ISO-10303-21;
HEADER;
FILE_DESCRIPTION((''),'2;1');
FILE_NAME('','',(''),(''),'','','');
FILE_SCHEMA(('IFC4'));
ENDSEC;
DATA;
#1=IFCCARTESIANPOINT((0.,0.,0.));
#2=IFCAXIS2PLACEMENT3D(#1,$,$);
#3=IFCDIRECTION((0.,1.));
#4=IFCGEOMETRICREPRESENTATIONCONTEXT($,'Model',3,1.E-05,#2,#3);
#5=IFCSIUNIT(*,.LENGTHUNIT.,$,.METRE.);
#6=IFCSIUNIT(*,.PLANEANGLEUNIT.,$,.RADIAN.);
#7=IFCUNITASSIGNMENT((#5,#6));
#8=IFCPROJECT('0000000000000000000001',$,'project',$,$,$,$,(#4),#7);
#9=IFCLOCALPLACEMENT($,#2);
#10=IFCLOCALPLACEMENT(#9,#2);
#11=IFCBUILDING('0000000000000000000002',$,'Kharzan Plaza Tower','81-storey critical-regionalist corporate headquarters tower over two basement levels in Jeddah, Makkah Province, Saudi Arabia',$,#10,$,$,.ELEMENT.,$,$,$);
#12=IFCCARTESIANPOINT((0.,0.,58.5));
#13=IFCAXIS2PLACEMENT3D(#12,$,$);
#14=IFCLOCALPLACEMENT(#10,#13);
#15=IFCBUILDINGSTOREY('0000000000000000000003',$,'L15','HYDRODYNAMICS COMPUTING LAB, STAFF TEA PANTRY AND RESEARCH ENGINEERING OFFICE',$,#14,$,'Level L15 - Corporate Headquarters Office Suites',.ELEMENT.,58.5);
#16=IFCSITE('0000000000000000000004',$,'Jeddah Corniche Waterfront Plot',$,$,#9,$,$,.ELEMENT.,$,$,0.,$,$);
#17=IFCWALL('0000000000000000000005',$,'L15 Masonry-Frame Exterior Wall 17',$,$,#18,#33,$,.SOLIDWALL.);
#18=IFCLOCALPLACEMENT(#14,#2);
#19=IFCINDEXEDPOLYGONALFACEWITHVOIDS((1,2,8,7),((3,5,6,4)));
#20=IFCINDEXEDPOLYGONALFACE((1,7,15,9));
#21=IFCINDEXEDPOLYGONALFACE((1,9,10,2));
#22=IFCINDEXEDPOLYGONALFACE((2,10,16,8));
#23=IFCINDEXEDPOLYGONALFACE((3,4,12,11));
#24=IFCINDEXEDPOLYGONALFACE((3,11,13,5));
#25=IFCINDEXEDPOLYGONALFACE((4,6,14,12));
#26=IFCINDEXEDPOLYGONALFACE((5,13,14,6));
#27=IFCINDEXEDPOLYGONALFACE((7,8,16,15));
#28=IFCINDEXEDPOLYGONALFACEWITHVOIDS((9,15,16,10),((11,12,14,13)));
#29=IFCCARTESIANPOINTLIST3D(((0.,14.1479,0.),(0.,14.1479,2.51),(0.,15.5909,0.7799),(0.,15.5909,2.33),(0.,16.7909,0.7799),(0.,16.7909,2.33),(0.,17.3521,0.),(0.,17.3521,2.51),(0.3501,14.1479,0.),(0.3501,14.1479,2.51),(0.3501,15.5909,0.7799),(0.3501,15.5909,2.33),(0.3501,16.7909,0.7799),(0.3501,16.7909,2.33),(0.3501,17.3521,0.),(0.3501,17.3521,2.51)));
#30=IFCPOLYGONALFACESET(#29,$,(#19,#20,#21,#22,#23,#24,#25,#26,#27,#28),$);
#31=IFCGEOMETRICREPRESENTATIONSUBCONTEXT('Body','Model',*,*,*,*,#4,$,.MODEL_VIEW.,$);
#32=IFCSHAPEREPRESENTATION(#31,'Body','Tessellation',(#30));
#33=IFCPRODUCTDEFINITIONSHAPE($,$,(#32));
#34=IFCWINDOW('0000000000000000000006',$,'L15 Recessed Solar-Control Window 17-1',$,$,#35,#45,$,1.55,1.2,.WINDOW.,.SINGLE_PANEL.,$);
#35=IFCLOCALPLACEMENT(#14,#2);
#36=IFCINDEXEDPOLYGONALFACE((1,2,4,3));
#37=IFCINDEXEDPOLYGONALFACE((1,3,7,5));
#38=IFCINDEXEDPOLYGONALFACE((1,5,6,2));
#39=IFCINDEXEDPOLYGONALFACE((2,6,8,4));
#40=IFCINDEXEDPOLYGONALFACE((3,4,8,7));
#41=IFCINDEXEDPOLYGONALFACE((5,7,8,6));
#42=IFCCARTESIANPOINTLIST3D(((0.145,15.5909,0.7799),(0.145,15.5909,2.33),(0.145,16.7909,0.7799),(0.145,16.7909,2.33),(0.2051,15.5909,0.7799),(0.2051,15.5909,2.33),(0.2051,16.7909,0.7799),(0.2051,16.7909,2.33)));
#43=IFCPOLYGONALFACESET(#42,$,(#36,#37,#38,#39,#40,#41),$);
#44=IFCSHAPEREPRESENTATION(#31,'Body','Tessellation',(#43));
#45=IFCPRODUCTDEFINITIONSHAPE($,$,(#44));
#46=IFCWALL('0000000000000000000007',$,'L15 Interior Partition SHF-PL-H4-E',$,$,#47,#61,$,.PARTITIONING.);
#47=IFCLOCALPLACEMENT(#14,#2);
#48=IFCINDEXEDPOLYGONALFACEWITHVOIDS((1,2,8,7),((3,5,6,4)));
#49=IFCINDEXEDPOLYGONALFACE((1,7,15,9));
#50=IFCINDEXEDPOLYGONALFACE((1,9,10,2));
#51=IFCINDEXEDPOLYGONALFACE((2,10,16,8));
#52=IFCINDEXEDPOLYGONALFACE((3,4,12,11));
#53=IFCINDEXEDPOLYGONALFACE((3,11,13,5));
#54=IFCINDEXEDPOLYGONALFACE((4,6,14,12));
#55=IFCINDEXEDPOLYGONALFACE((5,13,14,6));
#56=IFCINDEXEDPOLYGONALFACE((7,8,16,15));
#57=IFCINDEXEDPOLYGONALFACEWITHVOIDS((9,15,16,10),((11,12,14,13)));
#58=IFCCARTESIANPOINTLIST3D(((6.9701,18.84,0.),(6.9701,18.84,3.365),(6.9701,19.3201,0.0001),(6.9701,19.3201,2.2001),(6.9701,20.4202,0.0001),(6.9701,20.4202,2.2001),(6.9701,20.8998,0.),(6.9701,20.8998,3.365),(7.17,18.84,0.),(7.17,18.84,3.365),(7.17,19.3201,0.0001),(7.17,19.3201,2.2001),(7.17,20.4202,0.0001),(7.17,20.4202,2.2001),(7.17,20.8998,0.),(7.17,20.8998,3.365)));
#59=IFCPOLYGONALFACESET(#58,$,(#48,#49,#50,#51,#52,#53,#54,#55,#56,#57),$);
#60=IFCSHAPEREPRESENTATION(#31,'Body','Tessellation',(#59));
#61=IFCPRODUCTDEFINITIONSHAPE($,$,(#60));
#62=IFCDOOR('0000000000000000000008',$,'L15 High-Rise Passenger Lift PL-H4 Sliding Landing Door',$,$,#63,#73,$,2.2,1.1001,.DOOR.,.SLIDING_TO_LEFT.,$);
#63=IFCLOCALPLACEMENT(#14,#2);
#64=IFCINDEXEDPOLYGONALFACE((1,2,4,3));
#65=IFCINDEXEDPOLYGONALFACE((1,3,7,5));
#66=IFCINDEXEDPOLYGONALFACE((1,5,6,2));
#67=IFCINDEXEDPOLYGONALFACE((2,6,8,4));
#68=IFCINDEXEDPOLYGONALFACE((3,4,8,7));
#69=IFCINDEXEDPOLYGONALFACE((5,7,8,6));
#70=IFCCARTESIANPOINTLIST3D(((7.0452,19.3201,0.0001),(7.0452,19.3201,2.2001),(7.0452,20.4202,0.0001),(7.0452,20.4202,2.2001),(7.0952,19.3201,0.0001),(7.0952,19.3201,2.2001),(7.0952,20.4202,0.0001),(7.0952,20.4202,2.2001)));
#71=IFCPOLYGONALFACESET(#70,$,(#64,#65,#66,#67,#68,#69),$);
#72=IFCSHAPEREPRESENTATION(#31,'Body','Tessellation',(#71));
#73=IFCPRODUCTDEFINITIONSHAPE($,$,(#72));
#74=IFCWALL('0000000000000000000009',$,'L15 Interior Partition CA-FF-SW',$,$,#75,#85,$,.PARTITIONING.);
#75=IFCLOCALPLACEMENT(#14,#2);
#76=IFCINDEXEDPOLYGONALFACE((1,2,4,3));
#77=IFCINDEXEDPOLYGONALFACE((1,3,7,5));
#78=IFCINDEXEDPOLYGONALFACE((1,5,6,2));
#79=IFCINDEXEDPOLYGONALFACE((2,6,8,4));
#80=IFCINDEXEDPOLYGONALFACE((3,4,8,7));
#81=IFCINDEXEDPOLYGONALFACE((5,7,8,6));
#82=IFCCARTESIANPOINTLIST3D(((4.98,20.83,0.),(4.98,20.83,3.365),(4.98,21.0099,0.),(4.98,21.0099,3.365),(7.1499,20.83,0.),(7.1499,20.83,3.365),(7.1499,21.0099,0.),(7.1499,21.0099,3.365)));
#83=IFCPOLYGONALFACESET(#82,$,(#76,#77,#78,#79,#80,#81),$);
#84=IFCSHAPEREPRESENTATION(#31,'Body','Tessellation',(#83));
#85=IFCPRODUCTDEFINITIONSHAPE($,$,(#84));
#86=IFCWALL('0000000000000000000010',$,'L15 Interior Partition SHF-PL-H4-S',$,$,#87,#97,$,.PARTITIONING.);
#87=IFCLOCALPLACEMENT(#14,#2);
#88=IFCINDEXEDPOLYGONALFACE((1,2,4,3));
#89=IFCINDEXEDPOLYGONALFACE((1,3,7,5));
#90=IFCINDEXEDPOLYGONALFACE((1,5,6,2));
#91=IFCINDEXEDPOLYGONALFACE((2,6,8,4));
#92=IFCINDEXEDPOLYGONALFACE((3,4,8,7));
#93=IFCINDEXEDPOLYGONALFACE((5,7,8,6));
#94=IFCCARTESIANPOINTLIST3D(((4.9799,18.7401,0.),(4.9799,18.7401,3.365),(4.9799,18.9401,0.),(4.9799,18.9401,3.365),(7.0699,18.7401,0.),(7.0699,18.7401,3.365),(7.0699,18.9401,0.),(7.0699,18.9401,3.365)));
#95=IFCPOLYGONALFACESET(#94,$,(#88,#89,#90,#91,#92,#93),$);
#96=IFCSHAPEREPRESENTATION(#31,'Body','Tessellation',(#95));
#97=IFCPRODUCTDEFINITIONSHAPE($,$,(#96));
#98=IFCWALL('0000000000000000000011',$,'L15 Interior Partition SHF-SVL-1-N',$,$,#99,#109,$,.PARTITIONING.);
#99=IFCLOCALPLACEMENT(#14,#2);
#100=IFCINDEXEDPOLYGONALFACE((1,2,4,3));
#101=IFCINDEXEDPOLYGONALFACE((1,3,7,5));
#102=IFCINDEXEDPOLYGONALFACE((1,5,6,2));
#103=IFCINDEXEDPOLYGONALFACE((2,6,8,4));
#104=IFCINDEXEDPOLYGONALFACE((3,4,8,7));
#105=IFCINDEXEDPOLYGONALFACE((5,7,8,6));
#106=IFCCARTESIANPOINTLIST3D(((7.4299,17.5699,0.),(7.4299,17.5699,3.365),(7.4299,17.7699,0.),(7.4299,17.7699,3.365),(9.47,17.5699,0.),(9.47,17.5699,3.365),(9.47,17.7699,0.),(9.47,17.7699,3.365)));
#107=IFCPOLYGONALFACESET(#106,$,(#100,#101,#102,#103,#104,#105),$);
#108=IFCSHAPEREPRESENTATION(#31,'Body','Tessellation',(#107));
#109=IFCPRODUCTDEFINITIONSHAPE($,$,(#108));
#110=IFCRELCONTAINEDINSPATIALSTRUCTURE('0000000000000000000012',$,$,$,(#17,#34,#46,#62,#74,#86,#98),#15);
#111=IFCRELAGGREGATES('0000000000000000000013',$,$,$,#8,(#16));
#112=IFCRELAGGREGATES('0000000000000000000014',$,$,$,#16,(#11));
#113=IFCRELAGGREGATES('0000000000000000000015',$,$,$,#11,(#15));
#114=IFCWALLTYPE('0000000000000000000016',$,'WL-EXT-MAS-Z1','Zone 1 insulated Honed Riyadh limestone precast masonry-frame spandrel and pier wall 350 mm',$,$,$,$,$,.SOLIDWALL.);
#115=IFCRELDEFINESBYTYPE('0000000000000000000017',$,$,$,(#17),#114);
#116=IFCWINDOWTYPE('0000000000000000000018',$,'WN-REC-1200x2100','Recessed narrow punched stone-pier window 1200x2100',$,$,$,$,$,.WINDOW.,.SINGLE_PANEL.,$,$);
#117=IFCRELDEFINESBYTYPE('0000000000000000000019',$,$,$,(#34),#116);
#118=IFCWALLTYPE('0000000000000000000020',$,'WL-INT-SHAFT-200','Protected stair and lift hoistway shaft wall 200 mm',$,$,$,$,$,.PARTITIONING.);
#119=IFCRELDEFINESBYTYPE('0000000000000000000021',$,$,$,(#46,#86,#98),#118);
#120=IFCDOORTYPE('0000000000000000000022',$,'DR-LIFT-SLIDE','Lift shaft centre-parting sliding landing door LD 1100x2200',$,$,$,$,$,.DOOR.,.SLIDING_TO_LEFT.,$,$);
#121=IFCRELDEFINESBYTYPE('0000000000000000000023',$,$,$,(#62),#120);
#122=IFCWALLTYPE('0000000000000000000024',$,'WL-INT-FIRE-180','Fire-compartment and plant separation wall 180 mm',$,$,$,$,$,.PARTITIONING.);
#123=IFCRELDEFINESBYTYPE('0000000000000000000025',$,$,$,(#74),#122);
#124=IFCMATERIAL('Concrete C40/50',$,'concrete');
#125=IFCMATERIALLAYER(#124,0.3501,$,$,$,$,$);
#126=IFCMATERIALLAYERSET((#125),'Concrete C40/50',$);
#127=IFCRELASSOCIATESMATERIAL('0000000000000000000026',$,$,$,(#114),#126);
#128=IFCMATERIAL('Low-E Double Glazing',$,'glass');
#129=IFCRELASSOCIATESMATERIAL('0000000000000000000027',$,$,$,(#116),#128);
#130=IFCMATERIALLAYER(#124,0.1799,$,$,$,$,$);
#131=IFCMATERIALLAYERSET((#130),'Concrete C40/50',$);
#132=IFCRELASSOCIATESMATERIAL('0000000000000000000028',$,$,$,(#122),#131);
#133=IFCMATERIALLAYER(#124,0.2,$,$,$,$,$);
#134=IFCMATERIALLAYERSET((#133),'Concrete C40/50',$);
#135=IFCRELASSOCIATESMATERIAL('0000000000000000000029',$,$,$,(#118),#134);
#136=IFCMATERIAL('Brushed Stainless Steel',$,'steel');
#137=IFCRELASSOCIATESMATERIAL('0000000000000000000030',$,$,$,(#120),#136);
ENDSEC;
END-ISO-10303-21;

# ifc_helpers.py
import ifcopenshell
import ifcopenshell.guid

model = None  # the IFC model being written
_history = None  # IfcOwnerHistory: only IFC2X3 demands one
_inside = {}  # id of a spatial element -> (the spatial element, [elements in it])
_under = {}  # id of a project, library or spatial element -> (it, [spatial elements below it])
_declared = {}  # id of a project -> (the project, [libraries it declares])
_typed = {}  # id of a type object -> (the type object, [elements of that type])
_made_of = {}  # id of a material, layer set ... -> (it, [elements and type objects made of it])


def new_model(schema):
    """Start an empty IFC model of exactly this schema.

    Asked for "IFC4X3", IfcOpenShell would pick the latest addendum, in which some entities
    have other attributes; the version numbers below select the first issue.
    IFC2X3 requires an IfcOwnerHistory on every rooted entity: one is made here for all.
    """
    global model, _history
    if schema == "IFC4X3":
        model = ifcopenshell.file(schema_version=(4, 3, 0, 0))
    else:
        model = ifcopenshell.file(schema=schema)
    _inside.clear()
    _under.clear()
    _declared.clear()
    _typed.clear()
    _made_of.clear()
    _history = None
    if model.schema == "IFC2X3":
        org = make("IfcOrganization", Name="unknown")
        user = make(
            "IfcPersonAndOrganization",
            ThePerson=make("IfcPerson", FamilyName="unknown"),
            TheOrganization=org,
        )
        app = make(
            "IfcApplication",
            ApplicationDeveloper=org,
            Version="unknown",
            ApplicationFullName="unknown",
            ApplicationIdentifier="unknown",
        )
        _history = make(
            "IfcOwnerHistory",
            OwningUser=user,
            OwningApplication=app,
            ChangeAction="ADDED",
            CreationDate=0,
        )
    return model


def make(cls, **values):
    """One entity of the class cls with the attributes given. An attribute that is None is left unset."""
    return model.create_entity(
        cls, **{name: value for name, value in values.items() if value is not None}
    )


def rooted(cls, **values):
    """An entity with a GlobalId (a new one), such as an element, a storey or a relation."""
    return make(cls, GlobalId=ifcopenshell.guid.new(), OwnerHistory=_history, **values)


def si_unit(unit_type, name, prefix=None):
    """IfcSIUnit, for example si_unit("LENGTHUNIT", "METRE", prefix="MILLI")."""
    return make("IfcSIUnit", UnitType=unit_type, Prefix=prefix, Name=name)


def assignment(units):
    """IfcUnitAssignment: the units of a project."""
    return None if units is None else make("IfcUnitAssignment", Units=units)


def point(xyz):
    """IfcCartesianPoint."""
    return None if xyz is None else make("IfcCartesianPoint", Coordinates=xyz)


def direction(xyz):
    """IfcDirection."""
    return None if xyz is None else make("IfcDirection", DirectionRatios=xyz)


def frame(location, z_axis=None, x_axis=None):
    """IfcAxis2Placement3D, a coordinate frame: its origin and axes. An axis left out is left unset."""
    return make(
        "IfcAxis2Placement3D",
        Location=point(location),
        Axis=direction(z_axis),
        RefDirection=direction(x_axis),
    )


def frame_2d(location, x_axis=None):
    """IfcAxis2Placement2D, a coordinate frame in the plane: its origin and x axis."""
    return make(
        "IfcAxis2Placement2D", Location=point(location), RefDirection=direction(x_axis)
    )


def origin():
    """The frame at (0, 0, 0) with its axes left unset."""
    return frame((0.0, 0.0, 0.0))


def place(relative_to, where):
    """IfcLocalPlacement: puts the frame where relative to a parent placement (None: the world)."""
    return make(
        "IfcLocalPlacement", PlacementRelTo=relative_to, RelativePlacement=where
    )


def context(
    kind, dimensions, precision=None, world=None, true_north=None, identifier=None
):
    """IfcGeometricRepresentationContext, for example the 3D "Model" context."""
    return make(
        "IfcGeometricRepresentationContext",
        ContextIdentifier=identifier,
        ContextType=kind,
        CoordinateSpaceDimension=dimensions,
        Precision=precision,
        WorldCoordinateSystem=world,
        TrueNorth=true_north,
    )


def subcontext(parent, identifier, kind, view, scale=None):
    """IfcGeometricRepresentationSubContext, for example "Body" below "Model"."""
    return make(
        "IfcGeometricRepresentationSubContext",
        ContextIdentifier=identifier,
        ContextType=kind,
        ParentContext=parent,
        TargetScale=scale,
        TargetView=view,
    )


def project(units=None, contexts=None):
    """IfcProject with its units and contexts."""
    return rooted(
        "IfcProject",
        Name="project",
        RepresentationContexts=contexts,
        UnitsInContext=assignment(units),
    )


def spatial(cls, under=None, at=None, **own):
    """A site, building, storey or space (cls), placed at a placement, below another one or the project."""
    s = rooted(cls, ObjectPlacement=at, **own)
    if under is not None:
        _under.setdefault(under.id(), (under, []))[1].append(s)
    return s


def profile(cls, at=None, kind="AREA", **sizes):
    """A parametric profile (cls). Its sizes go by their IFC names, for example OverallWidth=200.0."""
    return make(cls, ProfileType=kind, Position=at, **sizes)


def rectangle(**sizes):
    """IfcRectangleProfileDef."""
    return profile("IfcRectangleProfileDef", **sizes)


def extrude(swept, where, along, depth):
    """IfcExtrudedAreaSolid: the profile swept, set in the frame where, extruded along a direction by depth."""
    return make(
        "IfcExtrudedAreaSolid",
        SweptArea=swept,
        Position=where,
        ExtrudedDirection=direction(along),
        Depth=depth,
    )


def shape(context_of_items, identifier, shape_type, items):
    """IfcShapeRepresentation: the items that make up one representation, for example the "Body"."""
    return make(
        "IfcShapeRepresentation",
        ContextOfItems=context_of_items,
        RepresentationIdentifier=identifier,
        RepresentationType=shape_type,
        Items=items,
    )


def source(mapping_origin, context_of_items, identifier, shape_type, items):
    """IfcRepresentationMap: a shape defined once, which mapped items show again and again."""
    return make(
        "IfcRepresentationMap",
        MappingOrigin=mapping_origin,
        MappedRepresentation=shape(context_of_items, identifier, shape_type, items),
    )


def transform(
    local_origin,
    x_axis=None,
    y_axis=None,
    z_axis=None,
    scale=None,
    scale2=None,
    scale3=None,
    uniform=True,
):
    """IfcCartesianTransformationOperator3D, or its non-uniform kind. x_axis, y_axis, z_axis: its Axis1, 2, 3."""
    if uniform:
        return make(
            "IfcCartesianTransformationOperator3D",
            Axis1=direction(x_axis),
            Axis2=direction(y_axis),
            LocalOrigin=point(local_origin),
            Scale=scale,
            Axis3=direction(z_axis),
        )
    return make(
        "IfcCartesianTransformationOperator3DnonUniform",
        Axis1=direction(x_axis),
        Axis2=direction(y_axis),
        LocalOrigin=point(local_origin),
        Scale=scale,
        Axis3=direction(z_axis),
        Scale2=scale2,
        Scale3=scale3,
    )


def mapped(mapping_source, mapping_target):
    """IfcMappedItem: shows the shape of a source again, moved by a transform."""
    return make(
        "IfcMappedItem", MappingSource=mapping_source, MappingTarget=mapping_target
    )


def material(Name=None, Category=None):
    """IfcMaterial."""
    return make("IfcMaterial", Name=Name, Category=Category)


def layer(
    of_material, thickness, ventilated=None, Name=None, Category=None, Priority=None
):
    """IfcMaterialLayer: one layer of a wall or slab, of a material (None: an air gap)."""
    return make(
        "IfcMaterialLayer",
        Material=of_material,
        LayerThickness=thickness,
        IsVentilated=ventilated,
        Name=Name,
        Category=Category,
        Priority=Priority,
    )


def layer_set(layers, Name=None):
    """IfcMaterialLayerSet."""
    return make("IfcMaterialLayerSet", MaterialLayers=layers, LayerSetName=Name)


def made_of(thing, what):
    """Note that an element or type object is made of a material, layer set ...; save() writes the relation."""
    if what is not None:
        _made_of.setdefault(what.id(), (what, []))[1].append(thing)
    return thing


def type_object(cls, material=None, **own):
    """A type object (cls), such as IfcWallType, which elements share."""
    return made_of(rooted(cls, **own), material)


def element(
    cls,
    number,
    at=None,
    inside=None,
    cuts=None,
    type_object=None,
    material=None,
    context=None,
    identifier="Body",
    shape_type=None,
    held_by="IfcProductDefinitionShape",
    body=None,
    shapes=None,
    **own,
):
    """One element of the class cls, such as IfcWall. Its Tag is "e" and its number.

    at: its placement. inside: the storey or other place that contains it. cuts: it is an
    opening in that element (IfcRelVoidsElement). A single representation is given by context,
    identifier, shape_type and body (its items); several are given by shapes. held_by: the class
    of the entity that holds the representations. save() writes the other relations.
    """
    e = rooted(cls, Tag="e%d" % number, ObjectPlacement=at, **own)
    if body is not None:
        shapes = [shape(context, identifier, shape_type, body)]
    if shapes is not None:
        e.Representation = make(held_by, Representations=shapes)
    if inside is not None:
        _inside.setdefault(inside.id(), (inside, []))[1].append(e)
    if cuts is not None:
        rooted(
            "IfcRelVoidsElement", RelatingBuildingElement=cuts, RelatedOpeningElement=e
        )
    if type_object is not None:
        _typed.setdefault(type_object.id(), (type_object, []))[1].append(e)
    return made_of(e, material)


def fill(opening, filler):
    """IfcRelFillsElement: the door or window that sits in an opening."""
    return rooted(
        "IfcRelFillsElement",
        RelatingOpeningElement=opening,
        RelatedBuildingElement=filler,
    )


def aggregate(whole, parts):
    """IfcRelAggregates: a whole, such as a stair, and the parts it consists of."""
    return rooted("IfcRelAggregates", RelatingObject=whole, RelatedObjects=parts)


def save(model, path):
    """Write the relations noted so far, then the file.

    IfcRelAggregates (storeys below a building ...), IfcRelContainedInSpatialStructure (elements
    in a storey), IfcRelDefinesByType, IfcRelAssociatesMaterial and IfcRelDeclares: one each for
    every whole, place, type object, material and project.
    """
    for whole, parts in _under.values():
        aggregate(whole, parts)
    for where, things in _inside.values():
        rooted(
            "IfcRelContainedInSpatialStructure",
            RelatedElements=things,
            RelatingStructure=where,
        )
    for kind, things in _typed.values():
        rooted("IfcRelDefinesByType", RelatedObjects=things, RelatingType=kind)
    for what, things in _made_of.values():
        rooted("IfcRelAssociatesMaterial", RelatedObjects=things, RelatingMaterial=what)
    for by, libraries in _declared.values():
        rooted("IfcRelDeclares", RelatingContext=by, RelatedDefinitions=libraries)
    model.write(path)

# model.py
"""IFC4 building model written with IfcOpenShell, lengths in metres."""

from ifc_helpers import new_model, si_unit, direction, frame, frame_2d, origin, place, context, subcontext, project, spatial, rectangle, extrude, source, transform, mapped, material, layer, layer_set, type_object, element, fill, save


model = new_model("IFC4")

# Units and contexts
model_context = context("Model", 3, precision=1e-05, world=origin(), true_north=direction((0.0, 1.0)))
body_context = subcontext(model_context, "Body", "Model", "MODEL_VIEW")
ifc_project = project(units=[si_unit("LENGTHUNIT", "METRE"), si_unit("PLANEANGLEUNIT", "RADIAN")], contexts=[model_context])

# Site, building, storey
site_placement = place(None, origin())
site = spatial("IfcSite", under=ifc_project, at=site_placement, Name="Jeddah Corniche Waterfront Plot", CompositionType="ELEMENT", RefElevation=0.0)
building_placement = place(site_placement, origin())
building = spatial("IfcBuilding", under=site, at=building_placement, Name="Kharzan Plaza Tower", Description="81-storey critical-regionalist corporate headquarters tower over two basement levels in Jeddah, Makkah Province, Saudi Arabia", CompositionType="ELEMENT")
storey_placement = place(building_placement, frame((0.0, 0.0, 58.5)))
storey = spatial("IfcBuildingStorey", under=building, at=storey_placement, Name="L15", Description="HYDRODYNAMICS COMPUTING LAB, STAFF TEA PANTRY AND RESEARCH ENGINEERING OFFICE", LongName="Level L15 - Corporate Headquarters Office Suites", CompositionType="ELEMENT", Elevation=58.5)

# Wall, opening, window
ifc_material_1 = material(Name="Concrete C40/50", Category="concrete")
ifc_layer_1 = layer(ifc_material_1, 0.3501)
ifc_layer_set_1 = layer_set([ifc_layer_1], Name="Concrete C40/50")
wall_type_1 = type_object("IfcWallType", Name="WL-EXT-MAS-Z1", Description="Zone 1 insulated Honed Riyadh limestone precast masonry-frame spandrel and pier wall 350 mm", PredefinedType="SOLIDWALL", material=ifc_layer_set_1)
ifc_material_2 = material(Name="Low-E Double Glazing", Category="glass")
wall_1_placement = place(storey_placement, frame((0.175, 17.3521, 0.0), z_axis=(0.0, 0.0, 1.0), x_axis=(0.0, -1.0, 0.0)))
wall_1 = element("IfcWall", 1, at=wall_1_placement, inside=storey, type_object=wall_type_1, Name="L15 Masonry-Frame Exterior Wall 17", PredefinedType="SOLIDWALL", context=body_context, shape_type="SweptSolid", body=[
    extrude(rectangle(XDim=3.2041, YDim=0.3501, at=frame_2d((1.6021, 0.0))), origin(), (0.0, 0.0, 1.0), 2.51),
])
opening_1_placement = place(wall_1_placement, frame((0.561, 0.0, 0.78)))
opening_1 = element("IfcOpeningElement", 2, at=opening_1_placement, cuts=wall_1, PredefinedType="OPENING", context=body_context, shape_type="SweptSolid", body=[
    extrude(rectangle(XDim=1.2, YDim=1.55, at=frame_2d((0.6001, 0.7749))), frame((0.0, 0.1851, 0.0), z_axis=(0.0, -1.0, 0.0), x_axis=(1.0, 0.0, 0.0)), (0.0, 0.0, 1.0), 0.3701),
])
window_type_1 = type_object("IfcWindowType", Name="WN-REC-1200x2100", Description="Recessed narrow punched stone-pier window 1200x2100", PartitioningType="SINGLE_PANEL", PredefinedType="WINDOW", material=ifc_material_2)
shared_shape_1 = source(origin(), body_context, "Body", "SweptSolid", [
    extrude(rectangle(XDim=1.2, YDim=1.55, at=frame_2d((0.6001, 0.7749))), frame((0.0, 0.03, 0.0), z_axis=(0.0, -1.0, 0.0), x_axis=(1.0, 0.0, 0.0)), (0.0, 0.0, 1.0), 0.0601),
])
window_1_placement = place(opening_1_placement, origin())
window_1 = element("IfcWindow", 3, at=window_1_placement, inside=storey, type_object=window_type_1, Name="L15 Recessed Solar-Control Window 17-1", OverallHeight=1.55, OverallWidth=1.2, PartitioningType="SINGLE_PANEL", PredefinedType="WINDOW", context=body_context, shape_type="MappedRepresentation", body=[
    mapped(shared_shape_1, transform((0.0, 0.0, 0.0), x_axis=(1.0, 0.0, 0.0), y_axis=(0.0, 1.0, 0.0), z_axis=(0.0, 0.0, 1.0))),
])
fill(opening_1, window_1)

# Wall, opening, door
ifc_layer_2 = layer(ifc_material_1, 0.1799)
ifc_layer_set_2 = layer_set([ifc_layer_2], Name="Concrete C40/50")
wall_type_2 = type_object("IfcWallType", Name="WL-INT-FIRE-180", Description="Fire-compartment and plant separation wall 180 mm", PredefinedType="PARTITIONING", material=ifc_layer_set_2)
ifc_layer_3 = layer(ifc_material_1, 0.2)
ifc_layer_set_3 = layer_set([ifc_layer_3], Name="Concrete C40/50")
wall_type_3 = type_object("IfcWallType", Name="WL-INT-SHAFT-200", Description="Protected stair and lift hoistway shaft wall 200 mm", PredefinedType="PARTITIONING", material=ifc_layer_set_3)
wall_2_placement = place(storey_placement, frame((7.0701, 18.8401, 0.0), z_axis=(0.0, 0.0, 1.0), x_axis=(0.0, 1.0, 0.0)))
wall_2 = element("IfcWall", 4, at=wall_2_placement, inside=storey, type_object=wall_type_3, Name="L15 Interior Partition SHF-PL-H4-E", PredefinedType="PARTITIONING", context=body_context, shape_type="SweptSolid", body=[
    extrude(rectangle(XDim=2.0598, YDim=0.2, at=frame_2d((1.0298, 0.0))), origin(), (0.0, 0.0, 1.0), 3.365),
])
opening_2_placement = place(wall_2_placement, frame((0.48, 0.0, 0.0)))
opening_2 = element("IfcOpeningElement", 5, at=opening_2_placement, cuts=wall_2, PredefinedType="OPENING", context=body_context, shape_type="SweptSolid", body=[
    extrude(rectangle(XDim=1.1001, YDim=2.2, at=frame_2d((0.55, 1.1001))), frame((0.0, 0.1099, 0.0), z_axis=(0.0, -1.0, 0.0), x_axis=(1.0, 0.0, 0.0)), (0.0, 0.0, 1.0), 0.22),
])
ifc_material_3 = material(Name="Brushed Stainless Steel", Category="steel")
door_type_1 = type_object("IfcDoorType", Name="DR-LIFT-SLIDE", Description="Lift shaft centre-parting sliding landing door LD 1100x2200", OperationType="SLIDING_TO_LEFT", PredefinedType="DOOR", material=ifc_material_3)
shared_shape_2 = source(origin(), body_context, "Body", "SweptSolid", [
    extrude(rectangle(XDim=1.1001, YDim=2.2, at=frame_2d((0.55, 1.1001))), frame((0.0, 0.0249, 0.0), z_axis=(0.0, -1.0, 0.0), x_axis=(1.0, 0.0, 0.0)), (0.0, 0.0, 1.0), 0.05),
])
door_1_placement = place(opening_2_placement, origin())
door_1 = element("IfcDoor", 6, at=door_1_placement, inside=storey, type_object=door_type_1, Name="L15 High-Rise Passenger Lift PL-H4 Sliding Landing Door", OperationType="SLIDING_TO_LEFT", OverallHeight=2.2, OverallWidth=1.1001, PredefinedType="DOOR", context=body_context, shape_type="MappedRepresentation", body=[
    mapped(shared_shape_2, transform((0.0, 0.0, 0.0), x_axis=(1.0, 0.0, 0.0), y_axis=(0.0, 1.0, 0.0), z_axis=(0.0, 0.0, 1.0))),
])
fill(opening_2, door_1)

# Walls
shared_shape_3 = source(origin(), body_context, "Body", "SweptSolid", [
    extrude(rectangle(XDim=2.1699, YDim=0.1799, at=frame_2d((1.085, 0.0))), origin(), (0.0, 0.0, 1.0), 3.365),
])
wall_3_placement = place(storey_placement, frame((4.98, 20.9199, 0.0), z_axis=(0.0, 0.0, 1.0), x_axis=(1.0, 0.0, 0.0)))
element("IfcWall", 7, at=wall_3_placement, inside=storey, type_object=wall_type_2, Name="L15 Interior Partition CA-FF-SW", PredefinedType="PARTITIONING", context=body_context, shape_type="MappedRepresentation", body=[
    mapped(shared_shape_3, transform((0.0, 0.0, 0.0), x_axis=(1.0, 0.0, 0.0), y_axis=(0.0, 1.0, 0.0), z_axis=(0.0, 0.0, 1.0))),
])
shared_shape_4 = source(origin(), body_context, "Body", "SweptSolid", [
    extrude(rectangle(XDim=2.0901, YDim=0.2, at=frame_2d((1.0449, 0.0))), origin(), (0.0, 0.0, 1.0), 3.365),
])
wall_4_placement = place(storey_placement, frame((4.98, 18.8401, 0.0), z_axis=(0.0, 0.0, 1.0), x_axis=(1.0, 0.0, 0.0)))
element("IfcWall", 8, at=wall_4_placement, inside=storey, type_object=wall_type_3, Name="L15 Interior Partition SHF-PL-H4-S", PredefinedType="PARTITIONING", context=body_context, shape_type="MappedRepresentation", body=[
    mapped(shared_shape_4, transform((0.0, 0.0, 0.0), x_axis=(1.0, 0.0, 0.0), y_axis=(0.0, 1.0, 0.0), z_axis=(0.0, 0.0, 1.0))),
])
shared_shape_5 = source(origin(), body_context, "Body", "SweptSolid", [
    extrude(rectangle(XDim=2.04, YDim=0.2, at=frame_2d((1.02, 0.0))), origin(), (0.0, 0.0, 1.0), 3.365),
])
wall_5_placement = place(storey_placement, frame((7.4299, 17.6699, 0.0), z_axis=(0.0, 0.0, 1.0), x_axis=(1.0, 0.0, 0.0)))
element("IfcWall", 9, at=wall_5_placement, inside=storey, type_object=wall_type_3, Name="L15 Interior Partition SHF-SVL-1-N", PredefinedType="PARTITIONING", context=body_context, shape_type="MappedRepresentation", body=[
    mapped(shared_shape_5, transform((0.0, 0.0, 0.0), x_axis=(1.0, 0.0, 0.0), y_axis=(0.0, 1.0, 0.0), z_axis=(0.0, 0.0, 1.0))),
])

save(model, "model.ifc")
